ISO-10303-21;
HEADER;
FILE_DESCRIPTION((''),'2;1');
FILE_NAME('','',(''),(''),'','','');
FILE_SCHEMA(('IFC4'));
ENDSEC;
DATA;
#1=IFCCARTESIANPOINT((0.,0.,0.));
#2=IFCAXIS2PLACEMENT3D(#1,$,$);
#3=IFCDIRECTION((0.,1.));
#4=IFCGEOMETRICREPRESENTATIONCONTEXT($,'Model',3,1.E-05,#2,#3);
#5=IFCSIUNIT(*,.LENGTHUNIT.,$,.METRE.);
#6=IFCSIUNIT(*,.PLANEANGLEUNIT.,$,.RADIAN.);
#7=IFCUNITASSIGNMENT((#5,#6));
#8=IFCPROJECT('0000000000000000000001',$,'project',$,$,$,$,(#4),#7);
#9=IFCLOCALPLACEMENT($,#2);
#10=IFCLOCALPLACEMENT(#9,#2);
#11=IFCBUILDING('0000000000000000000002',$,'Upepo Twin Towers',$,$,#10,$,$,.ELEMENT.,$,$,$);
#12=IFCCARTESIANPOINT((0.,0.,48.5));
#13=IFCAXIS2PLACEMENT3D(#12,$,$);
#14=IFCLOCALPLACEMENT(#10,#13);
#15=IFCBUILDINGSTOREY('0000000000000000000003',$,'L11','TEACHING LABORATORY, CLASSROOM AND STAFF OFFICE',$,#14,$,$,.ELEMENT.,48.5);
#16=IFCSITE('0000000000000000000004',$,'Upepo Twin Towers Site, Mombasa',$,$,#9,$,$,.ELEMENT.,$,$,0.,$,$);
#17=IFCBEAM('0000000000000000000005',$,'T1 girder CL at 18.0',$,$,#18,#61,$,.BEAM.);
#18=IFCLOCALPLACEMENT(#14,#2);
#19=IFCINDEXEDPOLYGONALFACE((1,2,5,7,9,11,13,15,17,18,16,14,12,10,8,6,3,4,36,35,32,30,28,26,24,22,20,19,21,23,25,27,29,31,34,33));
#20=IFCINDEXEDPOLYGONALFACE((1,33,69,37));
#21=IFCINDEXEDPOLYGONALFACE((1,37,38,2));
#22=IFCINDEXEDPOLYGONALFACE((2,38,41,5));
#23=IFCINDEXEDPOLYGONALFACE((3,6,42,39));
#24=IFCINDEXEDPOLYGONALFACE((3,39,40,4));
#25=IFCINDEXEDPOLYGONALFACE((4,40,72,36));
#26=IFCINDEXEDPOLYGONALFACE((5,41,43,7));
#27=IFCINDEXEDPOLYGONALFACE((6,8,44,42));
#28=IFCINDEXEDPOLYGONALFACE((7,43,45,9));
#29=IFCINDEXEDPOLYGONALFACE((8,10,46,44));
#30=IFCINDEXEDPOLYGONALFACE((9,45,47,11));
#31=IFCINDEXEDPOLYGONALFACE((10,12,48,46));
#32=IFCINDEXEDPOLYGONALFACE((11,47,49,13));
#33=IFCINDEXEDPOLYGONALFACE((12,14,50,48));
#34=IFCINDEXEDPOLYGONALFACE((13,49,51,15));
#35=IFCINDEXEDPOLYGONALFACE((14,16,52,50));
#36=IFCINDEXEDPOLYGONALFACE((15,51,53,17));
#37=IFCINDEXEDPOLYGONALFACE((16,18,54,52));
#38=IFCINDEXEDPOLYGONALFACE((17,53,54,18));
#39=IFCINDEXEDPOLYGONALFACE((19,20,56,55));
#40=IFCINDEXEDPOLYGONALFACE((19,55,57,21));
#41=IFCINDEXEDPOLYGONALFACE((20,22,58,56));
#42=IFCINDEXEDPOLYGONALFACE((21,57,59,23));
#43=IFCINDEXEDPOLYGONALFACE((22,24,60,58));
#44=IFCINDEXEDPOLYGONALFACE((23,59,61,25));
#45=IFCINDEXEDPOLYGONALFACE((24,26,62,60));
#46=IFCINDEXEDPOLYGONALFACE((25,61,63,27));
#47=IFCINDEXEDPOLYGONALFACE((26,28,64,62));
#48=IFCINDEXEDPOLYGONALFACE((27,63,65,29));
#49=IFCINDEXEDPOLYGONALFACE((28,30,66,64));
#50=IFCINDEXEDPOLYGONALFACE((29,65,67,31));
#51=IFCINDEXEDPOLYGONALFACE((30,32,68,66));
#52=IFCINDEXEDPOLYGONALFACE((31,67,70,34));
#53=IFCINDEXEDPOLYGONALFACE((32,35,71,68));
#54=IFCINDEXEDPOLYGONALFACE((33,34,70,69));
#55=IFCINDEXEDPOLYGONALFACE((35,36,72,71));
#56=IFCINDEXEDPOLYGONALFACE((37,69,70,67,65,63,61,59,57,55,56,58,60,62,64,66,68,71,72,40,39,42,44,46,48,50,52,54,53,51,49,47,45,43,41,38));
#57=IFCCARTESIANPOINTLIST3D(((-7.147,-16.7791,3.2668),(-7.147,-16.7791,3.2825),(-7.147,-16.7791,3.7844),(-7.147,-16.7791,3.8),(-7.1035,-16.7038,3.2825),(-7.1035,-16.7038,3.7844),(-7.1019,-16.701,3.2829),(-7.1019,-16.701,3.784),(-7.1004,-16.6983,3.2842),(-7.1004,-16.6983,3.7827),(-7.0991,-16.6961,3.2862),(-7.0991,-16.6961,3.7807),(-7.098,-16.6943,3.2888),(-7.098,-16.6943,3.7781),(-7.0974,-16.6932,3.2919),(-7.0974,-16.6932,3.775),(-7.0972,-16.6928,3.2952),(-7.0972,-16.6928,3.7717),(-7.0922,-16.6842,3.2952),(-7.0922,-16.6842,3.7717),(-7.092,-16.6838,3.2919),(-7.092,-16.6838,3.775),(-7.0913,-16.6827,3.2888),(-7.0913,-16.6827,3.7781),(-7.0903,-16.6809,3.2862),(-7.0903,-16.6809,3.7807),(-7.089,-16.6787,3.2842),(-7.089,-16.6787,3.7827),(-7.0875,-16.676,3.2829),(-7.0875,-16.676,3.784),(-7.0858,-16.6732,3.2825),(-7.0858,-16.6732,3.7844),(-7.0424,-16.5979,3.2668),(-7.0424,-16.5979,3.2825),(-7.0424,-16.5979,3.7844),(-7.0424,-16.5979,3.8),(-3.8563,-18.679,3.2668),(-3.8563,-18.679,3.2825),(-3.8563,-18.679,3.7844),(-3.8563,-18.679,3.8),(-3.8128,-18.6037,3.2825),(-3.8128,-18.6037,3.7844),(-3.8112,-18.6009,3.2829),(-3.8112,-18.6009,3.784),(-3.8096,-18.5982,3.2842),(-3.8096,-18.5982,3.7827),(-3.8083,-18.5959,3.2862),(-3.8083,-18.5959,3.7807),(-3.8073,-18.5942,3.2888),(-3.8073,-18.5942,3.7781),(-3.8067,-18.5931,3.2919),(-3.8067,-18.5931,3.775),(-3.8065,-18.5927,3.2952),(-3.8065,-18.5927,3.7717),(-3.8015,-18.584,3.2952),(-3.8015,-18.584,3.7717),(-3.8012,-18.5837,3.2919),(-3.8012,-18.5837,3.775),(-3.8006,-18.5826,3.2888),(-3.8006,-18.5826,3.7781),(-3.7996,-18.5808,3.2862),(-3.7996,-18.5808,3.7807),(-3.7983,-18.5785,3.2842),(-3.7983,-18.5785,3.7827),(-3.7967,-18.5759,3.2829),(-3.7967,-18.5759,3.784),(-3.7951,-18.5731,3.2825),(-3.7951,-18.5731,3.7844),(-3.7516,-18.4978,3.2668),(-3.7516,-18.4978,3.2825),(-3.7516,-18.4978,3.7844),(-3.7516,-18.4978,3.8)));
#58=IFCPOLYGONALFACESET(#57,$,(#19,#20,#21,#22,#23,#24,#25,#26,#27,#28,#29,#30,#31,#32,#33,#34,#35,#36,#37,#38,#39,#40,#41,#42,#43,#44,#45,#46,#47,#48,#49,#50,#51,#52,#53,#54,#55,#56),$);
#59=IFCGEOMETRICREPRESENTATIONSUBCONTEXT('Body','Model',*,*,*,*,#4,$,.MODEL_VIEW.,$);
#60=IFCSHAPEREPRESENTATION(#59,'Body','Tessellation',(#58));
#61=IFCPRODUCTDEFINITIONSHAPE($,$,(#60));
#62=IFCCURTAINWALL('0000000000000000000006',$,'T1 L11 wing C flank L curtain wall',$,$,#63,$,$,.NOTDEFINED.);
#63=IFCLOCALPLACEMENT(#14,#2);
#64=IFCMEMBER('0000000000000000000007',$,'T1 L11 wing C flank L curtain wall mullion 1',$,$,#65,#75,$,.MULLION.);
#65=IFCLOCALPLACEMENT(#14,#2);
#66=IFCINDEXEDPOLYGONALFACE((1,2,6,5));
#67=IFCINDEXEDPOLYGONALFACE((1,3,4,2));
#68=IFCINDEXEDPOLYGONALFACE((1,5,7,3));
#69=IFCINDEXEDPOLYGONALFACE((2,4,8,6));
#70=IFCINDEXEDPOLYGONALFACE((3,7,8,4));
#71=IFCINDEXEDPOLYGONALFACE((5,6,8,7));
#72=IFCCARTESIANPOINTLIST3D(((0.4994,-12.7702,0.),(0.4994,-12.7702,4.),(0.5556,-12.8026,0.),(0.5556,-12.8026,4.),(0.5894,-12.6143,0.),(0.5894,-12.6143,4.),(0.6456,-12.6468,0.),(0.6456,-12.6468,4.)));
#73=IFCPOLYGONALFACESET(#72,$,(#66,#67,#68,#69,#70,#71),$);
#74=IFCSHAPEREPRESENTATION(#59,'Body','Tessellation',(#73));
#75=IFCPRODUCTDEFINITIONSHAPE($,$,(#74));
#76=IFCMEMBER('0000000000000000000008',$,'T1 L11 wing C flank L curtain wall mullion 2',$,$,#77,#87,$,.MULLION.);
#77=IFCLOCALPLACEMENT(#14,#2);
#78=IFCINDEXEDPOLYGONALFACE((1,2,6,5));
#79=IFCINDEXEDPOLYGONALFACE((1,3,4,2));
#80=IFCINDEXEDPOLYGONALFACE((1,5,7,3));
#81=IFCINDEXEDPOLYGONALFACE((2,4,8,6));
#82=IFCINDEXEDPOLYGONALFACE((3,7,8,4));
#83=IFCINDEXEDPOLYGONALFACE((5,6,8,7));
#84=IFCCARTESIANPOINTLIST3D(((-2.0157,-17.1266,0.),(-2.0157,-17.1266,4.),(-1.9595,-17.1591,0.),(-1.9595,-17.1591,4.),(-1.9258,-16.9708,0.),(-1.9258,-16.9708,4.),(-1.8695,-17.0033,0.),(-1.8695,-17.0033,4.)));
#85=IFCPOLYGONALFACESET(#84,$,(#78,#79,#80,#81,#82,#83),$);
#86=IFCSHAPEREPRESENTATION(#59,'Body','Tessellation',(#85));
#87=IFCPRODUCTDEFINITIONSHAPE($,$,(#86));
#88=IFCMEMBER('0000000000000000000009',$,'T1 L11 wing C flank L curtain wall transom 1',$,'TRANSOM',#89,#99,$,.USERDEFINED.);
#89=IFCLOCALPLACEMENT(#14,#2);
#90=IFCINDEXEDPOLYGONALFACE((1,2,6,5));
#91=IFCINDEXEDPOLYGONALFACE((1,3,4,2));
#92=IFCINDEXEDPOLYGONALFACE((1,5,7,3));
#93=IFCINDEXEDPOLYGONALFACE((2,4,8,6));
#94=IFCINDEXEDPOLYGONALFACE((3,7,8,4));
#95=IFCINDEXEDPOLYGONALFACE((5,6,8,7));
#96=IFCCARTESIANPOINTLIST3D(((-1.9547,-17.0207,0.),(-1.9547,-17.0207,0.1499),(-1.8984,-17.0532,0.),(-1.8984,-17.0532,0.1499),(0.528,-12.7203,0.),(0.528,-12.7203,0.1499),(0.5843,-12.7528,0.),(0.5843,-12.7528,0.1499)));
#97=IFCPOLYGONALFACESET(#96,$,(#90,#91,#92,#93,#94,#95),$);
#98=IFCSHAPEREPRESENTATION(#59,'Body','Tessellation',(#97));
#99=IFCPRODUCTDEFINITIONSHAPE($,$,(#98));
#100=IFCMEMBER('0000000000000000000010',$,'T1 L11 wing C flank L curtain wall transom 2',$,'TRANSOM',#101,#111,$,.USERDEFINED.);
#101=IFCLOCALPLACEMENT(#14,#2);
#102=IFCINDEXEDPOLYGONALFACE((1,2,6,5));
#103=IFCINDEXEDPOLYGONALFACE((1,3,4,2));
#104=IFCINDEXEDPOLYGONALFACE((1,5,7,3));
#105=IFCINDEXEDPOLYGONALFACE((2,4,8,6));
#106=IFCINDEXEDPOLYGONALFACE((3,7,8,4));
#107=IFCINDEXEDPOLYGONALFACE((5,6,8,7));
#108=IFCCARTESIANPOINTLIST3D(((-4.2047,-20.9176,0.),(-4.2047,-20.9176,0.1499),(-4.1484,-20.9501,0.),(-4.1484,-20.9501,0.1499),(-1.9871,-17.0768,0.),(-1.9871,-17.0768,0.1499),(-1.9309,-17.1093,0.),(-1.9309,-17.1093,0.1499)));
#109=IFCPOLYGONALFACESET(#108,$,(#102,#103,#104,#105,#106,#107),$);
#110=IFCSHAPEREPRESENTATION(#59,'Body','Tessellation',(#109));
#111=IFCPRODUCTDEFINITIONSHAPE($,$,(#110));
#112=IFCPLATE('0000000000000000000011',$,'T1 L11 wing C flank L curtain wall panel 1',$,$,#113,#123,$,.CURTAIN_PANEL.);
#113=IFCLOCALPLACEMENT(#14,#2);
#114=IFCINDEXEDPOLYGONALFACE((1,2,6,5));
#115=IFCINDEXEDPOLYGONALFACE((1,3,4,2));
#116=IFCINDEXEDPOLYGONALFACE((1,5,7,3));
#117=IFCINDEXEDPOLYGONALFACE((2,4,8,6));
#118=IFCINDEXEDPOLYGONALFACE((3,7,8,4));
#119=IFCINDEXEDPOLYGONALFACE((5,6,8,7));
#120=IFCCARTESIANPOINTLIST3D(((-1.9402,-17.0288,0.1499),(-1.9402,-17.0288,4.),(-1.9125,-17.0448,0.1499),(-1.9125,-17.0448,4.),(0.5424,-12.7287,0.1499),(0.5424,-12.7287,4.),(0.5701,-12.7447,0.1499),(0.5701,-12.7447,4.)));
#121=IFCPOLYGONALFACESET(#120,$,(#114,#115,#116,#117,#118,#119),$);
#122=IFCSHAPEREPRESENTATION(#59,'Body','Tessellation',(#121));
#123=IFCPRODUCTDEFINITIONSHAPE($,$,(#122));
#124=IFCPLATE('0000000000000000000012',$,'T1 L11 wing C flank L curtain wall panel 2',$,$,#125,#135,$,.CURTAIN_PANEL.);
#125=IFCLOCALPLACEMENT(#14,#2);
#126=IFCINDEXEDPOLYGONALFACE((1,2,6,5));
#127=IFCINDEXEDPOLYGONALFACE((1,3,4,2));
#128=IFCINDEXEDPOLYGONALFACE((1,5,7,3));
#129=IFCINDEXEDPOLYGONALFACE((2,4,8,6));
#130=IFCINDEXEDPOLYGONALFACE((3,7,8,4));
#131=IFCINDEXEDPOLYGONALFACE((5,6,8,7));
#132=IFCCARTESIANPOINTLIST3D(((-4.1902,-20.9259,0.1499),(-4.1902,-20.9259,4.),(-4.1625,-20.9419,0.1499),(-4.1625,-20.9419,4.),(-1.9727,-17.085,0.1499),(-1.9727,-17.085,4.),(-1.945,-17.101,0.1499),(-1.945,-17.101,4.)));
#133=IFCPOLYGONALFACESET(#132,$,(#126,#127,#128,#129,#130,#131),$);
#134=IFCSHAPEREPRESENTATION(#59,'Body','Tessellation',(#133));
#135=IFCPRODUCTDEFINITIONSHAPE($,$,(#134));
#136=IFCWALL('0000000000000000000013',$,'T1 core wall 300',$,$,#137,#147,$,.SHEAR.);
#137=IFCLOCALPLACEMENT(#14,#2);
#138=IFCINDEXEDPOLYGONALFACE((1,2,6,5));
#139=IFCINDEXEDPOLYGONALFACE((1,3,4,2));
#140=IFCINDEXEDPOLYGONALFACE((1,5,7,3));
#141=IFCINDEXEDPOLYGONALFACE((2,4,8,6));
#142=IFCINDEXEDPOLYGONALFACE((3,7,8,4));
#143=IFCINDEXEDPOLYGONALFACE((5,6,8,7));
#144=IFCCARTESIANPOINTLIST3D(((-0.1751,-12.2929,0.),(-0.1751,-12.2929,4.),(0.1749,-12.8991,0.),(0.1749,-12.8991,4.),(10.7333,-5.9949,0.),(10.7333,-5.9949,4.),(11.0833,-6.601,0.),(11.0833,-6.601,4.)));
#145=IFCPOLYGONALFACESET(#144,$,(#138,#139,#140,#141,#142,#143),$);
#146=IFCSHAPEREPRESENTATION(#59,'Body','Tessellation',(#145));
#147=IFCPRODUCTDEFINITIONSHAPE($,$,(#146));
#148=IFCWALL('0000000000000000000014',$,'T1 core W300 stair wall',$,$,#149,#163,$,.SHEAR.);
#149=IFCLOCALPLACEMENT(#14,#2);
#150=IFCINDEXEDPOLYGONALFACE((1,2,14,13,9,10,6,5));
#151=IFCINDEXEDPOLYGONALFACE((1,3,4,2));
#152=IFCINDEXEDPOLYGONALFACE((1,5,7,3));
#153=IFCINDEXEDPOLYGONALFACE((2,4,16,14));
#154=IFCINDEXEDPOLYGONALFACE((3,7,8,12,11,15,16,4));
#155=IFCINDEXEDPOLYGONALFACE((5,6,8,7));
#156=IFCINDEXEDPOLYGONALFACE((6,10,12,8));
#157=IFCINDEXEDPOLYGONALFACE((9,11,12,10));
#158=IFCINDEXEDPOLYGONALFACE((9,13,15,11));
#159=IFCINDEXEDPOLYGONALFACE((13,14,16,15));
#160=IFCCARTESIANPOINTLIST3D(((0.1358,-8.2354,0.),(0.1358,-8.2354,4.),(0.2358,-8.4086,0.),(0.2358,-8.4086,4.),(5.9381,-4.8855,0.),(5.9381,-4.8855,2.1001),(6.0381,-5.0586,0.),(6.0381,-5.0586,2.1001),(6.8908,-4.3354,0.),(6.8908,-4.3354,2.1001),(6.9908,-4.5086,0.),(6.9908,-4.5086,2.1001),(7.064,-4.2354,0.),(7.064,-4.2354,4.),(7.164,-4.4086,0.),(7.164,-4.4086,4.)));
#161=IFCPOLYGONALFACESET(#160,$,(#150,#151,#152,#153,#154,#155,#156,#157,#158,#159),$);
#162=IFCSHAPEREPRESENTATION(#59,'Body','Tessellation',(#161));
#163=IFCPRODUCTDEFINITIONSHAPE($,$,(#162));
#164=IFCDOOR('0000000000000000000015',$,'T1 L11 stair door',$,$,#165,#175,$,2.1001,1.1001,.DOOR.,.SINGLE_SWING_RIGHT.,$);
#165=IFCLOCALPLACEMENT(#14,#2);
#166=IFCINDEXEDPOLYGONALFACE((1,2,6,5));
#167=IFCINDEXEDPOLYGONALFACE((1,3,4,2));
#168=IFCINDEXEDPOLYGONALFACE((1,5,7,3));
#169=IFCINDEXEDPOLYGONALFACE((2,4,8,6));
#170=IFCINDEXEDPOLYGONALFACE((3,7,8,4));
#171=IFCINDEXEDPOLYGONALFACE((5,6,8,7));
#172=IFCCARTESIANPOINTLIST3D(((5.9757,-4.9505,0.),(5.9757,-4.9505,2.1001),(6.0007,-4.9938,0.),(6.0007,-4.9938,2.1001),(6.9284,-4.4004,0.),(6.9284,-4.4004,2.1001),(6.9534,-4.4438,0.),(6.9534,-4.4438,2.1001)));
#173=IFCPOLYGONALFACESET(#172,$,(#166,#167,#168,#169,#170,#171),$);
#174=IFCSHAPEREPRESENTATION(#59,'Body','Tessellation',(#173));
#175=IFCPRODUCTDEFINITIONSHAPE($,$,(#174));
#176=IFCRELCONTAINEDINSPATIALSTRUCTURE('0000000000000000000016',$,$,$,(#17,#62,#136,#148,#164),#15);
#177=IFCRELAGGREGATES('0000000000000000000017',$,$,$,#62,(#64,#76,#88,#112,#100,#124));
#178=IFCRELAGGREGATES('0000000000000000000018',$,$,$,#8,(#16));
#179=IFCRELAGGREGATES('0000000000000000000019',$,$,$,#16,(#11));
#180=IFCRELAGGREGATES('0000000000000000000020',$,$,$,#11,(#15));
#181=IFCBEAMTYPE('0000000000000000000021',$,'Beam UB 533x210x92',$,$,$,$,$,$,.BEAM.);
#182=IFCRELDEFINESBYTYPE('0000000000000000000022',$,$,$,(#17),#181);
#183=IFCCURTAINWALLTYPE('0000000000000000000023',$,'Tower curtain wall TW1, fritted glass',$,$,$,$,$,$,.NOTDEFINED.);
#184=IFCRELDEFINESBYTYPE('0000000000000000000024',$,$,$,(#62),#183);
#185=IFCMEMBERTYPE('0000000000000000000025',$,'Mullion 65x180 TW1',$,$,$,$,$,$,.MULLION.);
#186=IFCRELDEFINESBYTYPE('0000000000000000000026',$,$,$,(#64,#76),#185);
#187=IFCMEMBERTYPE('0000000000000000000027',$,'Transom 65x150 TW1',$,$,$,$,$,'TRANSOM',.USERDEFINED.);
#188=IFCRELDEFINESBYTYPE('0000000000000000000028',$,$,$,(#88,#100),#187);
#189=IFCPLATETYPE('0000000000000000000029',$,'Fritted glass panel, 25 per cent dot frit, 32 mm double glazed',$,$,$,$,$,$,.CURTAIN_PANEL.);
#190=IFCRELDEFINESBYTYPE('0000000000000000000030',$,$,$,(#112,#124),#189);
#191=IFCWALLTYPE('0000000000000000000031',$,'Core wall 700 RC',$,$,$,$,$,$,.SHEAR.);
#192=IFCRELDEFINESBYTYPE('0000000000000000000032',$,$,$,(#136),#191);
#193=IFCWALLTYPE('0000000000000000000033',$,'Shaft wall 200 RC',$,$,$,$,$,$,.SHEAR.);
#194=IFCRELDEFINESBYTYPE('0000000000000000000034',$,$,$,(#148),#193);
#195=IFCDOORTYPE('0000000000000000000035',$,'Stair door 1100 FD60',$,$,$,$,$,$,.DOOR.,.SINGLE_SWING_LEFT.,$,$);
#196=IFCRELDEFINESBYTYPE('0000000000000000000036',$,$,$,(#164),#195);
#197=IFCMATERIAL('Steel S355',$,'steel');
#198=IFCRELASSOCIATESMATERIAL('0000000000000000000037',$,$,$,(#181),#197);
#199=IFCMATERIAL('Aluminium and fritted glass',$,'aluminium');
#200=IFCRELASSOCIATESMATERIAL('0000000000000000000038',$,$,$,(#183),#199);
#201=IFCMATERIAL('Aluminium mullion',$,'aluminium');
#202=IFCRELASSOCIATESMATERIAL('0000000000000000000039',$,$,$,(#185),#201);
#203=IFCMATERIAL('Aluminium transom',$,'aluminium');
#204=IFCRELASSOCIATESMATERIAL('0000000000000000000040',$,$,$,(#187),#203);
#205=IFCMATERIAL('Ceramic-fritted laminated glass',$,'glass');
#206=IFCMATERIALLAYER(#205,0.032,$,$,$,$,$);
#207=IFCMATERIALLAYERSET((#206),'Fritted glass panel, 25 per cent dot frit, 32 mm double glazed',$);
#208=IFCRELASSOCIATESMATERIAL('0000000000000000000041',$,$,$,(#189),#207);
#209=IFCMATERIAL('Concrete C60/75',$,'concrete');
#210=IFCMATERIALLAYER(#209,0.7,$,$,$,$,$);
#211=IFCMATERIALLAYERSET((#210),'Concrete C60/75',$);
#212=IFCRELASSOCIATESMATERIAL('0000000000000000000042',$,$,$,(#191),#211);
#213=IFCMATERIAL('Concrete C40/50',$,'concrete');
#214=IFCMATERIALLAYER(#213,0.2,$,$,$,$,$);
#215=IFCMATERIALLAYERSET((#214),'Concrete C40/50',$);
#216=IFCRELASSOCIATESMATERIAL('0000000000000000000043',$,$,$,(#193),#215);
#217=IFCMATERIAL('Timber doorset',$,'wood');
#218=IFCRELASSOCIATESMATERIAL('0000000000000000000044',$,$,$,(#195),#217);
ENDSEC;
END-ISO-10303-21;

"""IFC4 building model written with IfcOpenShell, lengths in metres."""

from ifc_helpers import new_model, si_unit, direction, frame, frame_2d, origin, origin_2d, place, context, subcontext, project, spatial, rectangle, i_section, extrude, material, layer, layer_set, material_profile, profile_set, type_object, element, fill, aggregate, save


model = new_model("IFC4")

# Units and contexts
model_context = context("Model", 3, precision=1e-05, world=origin(), true_north=direction((0.0, 1.0)))
body_context = subcontext(model_context, "Body", "Model", "MODEL_VIEW")
ifc_project = project(units=[si_unit("LENGTHUNIT", "METRE"), si_unit("PLANEANGLEUNIT", "RADIAN")], contexts=[model_context])

# Site, building, storey
site_placement = place(None, origin())
site = spatial("IfcSite", under=ifc_project, at=site_placement, Name="Upepo Twin Towers Site, Mombasa", CompositionType="ELEMENT", RefElevation=0.0)
building_placement = place(site_placement, origin())
building = spatial("IfcBuilding", under=site, at=building_placement, Name="Upepo Twin Towers", CompositionType="ELEMENT")
storey_placement = place(building_placement, frame((0.0, 0.0, 48.5)))
storey = spatial("IfcBuildingStorey", under=building, at=storey_placement, Name="L11", Description="TEACHING LABORATORY, CLASSROOM AND STAFF OFFICE", CompositionType="ELEMENT", Elevation=48.5)

# Beam
ifc_material_1 = material(Name="Steel S355", Category="steel")
ifc_material_profile_1 = material_profile(ifc_material_1, i_section(OverallWidth=0.2092, OverallDepth=0.5332, WebThickness=0.01, FlangeThickness=0.0156, FilletRadius=0.0127, at=origin_2d()), Name="UB 533x210x92")
ifc_profile_set_1 = profile_set([ifc_material_profile_1], Name="Steel S355")
beam_type_1 = type_object("IfcBeamType", Name="Beam UB 533x210x92", PredefinedType="BEAM", material=ifc_profile_set_1)
beam_1_placement = place(storey_placement, frame((-3.804, -18.5884, 3.5334), z_axis=(-0.866028, 0.499995, 0.0), x_axis=(-0.499995, -0.866028, 0.0)))
element("IfcBeam", 1, at=beam_1_placement, inside=storey, type_object=beam_type_1, Name="T1 girder CL at 18.0", PredefinedType="BEAM", context=body_context, shape_type="SweptSolid", body=[
    extrude(i_section(OverallWidth=0.2092, OverallDepth=0.5332, WebThickness=0.01, FlangeThickness=0.0156, FilletRadius=0.0127, at=origin_2d()), origin(), (0.0, 0.0, 1.0), 3.7998),
])

# Curtain wall, members, plates
ifc_material_2 = material(Name="Aluminium and fritted glass", Category="aluminium")
curtain_wall_type = type_object("IfcCurtainWallType", Name="Tower curtain wall TW1, fritted glass", PredefinedType="NOTDEFINED", material=ifc_material_2)
curtain_wall_placement = place(storey_placement, origin())
curtain_wall = element("IfcCurtainWall", 2, at=curtain_wall_placement, inside=storey, type_object=curtain_wall_type, Name="T1 L11 wing C flank L curtain wall", PredefinedType="NOTDEFINED")
ifc_material_3 = material(Name="Aluminium mullion", Category="aluminium")
ifc_material_profile_2 = material_profile(ifc_material_3, rectangle(XDim=0.0649, YDim=0.1799, at=origin_2d()), Name="MULLION 65x180")
ifc_profile_set_2 = profile_set([ifc_material_profile_2], Name="Aluminium mullion")
member_type_1 = type_object("IfcMemberType", Name="Mullion 65x180 TW1", PredefinedType="MULLION", material=ifc_profile_set_2)
member_1_placement = place(storey_placement, frame((0.5725, -12.7085, 0.0), z_axis=(0.0, 0.0, 1.0), x_axis=(0.866025, -0.5, 0.0)))
member_1 = element("IfcMember", 3, at=member_1_placement, type_object=member_type_1, Name="T1 L11 wing C flank L curtain wall mullion 1", PredefinedType="MULLION", context=body_context, shape_type="SweptSolid", body=[
    extrude(rectangle(XDim=0.0649, YDim=0.1799, at=origin_2d()), origin(), (0.0, 0.0, 1.0), 4.0),
])
member_2_placement = place(storey_placement, frame((-1.9426, -17.0649, 0.0), z_axis=(0.0, 0.0, 1.0), x_axis=(0.866025, -0.5, 0.0)))
member_2 = element("IfcMember", 4, at=member_2_placement, type_object=member_type_1, Name="T1 L11 wing C flank L curtain wall mullion 2", PredefinedType="MULLION", context=body_context, shape_type="SweptSolid", body=[
    extrude(rectangle(XDim=0.0649, YDim=0.1799, at=origin_2d()), origin(), (0.0, 0.0, 1.0), 4.0),
])
ifc_material_4 = material(Name="Aluminium transom", Category="aluminium")
ifc_material_profile_3 = material_profile(ifc_material_4, rectangle(XDim=0.0649, YDim=0.1499, at=origin_2d()), Name="TRANSOM 65x150")
ifc_profile_set_3 = profile_set([ifc_material_profile_3], Name="Aluminium transom")
member_type_2 = type_object("IfcMemberType", Name="Transom 65x150 TW1", ElementType="TRANSOM", PredefinedType="USERDEFINED", material=ifc_profile_set_3)
member_3_placement = place(storey_placement, frame((0.5562, -12.7366, 0.075), z_axis=(-0.499983, -0.866035, 0.0), x_axis=(0.866035, -0.499983, 0.0)))
member_3 = element("IfcMember", 5, at=member_3_placement, type_object=member_type_2, Name="T1 L11 wing C flank L curtain wall transom 1", ObjectType="TRANSOM", PredefinedType="USERDEFINED", context=body_context, shape_type="SweptSolid", body=[
    extrude(rectangle(XDim=0.0649, YDim=0.1499, at=origin_2d()), origin(), (0.0, 0.0, 1.0), 4.9656),
])
member_4_placement = place(storey_placement, frame((-1.959, -17.093, 0.075), z_axis=(-0.500005, -0.866022, 0.0), x_axis=(0.866022, -0.500005, 0.0)))
member_4 = element("IfcMember", 6, at=member_4_placement, type_object=member_type_2, Name="T1 L11 wing C flank L curtain wall transom 2", ObjectType="TRANSOM", PredefinedType="USERDEFINED", context=body_context, shape_type="SweptSolid", body=[
    extrude(rectangle(XDim=0.0649, YDim=0.1499, at=origin_2d()), origin(), (0.0, 0.0, 1.0), 4.4351),
])
ifc_material_5 = material(Name="Ceramic-fritted laminated glass", Category="glass")
ifc_layer_1 = layer(ifc_material_5, 0.032)
ifc_layer_set_1 = layer_set([ifc_layer_1], Name="Fritted glass panel, 25 per cent dot frit, 32 mm double glazed")
plate_type = type_object("IfcPlateType", Name="Fritted glass panel, 25 per cent dot frit, 32 mm double glazed", PredefinedType="CURTAIN_PANEL", material=ifc_layer_set_1)
plate_1_placement = place(storey_placement, frame((-0.6851, -14.8867, 0.1499), z_axis=(0.0, 0.0, 1.0), x_axis=(-0.5, -0.866025, 0.0)))
plate_1 = element("IfcPlate", 7, at=plate_1_placement, type_object=plate_type, Name="T1 L11 wing C flank L curtain wall panel 1", PredefinedType="CURTAIN_PANEL", context=body_context, shape_type="SweptSolid", body=[
    extrude(rectangle(XDim=4.9653, YDim=0.032, at=origin_2d()), origin(), (0.0, 0.0, 1.0), 3.8501),
])
plate_2_placement = place(storey_placement, frame((-3.0676, -19.0134, 0.1499), z_axis=(0.0, 0.0, 1.0), x_axis=(-0.5, -0.866025, 0.0)))
plate_2 = element("IfcPlate", 8, at=plate_2_placement, type_object=plate_type, Name="T1 L11 wing C flank L curtain wall panel 2", PredefinedType="CURTAIN_PANEL", context=body_context, shape_type="SweptSolid", body=[
    extrude(rectangle(XDim=4.4351, YDim=0.032, at=origin_2d()), origin(), (0.0, 0.0, 1.0), 3.8501),
])
aggregate(curtain_wall, [member_1, member_2, member_3, plate_1, member_4, plate_2])

# Wall
ifc_material_6 = material(Name="Concrete C60/75", Category="concrete")
ifc_layer_2 = layer(ifc_material_6, 0.7)
ifc_layer_set_2 = layer_set([ifc_layer_2], Name="Concrete C60/75")
wall_type_1 = type_object("IfcWallType", Name="Core wall 700 RC", PredefinedType="SHEAR", material=ifc_layer_set_2)
wall_1_placement = place(storey_placement, frame((0.0, -12.5959, 0.0), z_axis=(0.0, 0.0, 1.0), x_axis=(0.866022, 0.500006, 0.0)))
element("IfcWall", 9, at=wall_1_placement, inside=storey, type_object=wall_type_1, Name="T1 core wall 300", PredefinedType="SHEAR", context=body_context, shape_type="SweptSolid", body=[
    extrude(rectangle(XDim=12.5959, YDim=0.7, at=frame_2d((6.2979, 0.0))), origin(), (0.0, 0.0, 1.0), 4.0),
])

# Wall, opening, door
ifc_material_7 = material(Name="Concrete C40/50", Category="concrete")
ifc_layer_3 = layer(ifc_material_7, 0.2)
ifc_layer_set_3 = layer_set([ifc_layer_3], Name="Concrete C40/50")
wall_type_2 = type_object("IfcWallType", Name="Shaft wall 200 RC", PredefinedType="SHEAR", material=ifc_layer_set_3)
wall_2_placement = place(storey_placement, frame((0.1858, -8.322, 0.0), z_axis=(0.0, 0.0, 1.0), x_axis=(0.866026, 0.499999, 0.0)))
wall_2 = element("IfcWall", 10, at=wall_2_placement, inside=storey, type_object=wall_type_2, Name="T1 core W300 stair wall", PredefinedType="SHEAR", context=body_context, shape_type="SweptSolid", body=[
    extrude(rectangle(XDim=8.0, YDim=0.2, at=frame_2d((4.0, 0.0))), origin(), (0.0, 0.0, 1.0), 4.0),
])
opening_placement = place(wall_2_placement, frame((6.7, 0.0, 0.0)))
opening = element("IfcOpeningElement", 11, at=opening_placement, cuts=wall_2, PredefinedType="OPENING", context=body_context, shape_type="SweptSolid", body=[
    extrude(rectangle(XDim=1.1001, YDim=2.1001, at=frame_2d((0.55, 1.05))), frame((0.0, 0.1099, 0.0), z_axis=(0.0, -1.0, 0.0), x_axis=(1.0, 0.0, 0.0)), (0.0, 0.0, 1.0), 0.22),
])
ifc_material_8 = material(Name="Timber doorset", Category="wood")
door_type = type_object("IfcDoorType", Name="Stair door 1100 FD60", OperationType="SINGLE_SWING_LEFT", PredefinedType="DOOR", material=ifc_material_8)
door_placement = place(opening_placement, origin())
door = element("IfcDoor", 12, at=door_placement, inside=storey, type_object=door_type, Name="T1 L11 stair door", OperationType="SINGLE_SWING_RIGHT", OverallHeight=2.1001, OverallWidth=1.1001, PredefinedType="DOOR", context=body_context, shape_type="SweptSolid", body=[
    extrude(rectangle(XDim=1.1001, YDim=2.1001, at=frame_2d((0.55, 1.05))), frame((0.0, 0.0249, 0.0), z_axis=(0.0, -1.0, 0.0), x_axis=(1.0, 0.0, 0.0)), (0.0, 0.0, 1.0), 0.05),
])
fill(opening, door)

save(model, "model.ifc")
